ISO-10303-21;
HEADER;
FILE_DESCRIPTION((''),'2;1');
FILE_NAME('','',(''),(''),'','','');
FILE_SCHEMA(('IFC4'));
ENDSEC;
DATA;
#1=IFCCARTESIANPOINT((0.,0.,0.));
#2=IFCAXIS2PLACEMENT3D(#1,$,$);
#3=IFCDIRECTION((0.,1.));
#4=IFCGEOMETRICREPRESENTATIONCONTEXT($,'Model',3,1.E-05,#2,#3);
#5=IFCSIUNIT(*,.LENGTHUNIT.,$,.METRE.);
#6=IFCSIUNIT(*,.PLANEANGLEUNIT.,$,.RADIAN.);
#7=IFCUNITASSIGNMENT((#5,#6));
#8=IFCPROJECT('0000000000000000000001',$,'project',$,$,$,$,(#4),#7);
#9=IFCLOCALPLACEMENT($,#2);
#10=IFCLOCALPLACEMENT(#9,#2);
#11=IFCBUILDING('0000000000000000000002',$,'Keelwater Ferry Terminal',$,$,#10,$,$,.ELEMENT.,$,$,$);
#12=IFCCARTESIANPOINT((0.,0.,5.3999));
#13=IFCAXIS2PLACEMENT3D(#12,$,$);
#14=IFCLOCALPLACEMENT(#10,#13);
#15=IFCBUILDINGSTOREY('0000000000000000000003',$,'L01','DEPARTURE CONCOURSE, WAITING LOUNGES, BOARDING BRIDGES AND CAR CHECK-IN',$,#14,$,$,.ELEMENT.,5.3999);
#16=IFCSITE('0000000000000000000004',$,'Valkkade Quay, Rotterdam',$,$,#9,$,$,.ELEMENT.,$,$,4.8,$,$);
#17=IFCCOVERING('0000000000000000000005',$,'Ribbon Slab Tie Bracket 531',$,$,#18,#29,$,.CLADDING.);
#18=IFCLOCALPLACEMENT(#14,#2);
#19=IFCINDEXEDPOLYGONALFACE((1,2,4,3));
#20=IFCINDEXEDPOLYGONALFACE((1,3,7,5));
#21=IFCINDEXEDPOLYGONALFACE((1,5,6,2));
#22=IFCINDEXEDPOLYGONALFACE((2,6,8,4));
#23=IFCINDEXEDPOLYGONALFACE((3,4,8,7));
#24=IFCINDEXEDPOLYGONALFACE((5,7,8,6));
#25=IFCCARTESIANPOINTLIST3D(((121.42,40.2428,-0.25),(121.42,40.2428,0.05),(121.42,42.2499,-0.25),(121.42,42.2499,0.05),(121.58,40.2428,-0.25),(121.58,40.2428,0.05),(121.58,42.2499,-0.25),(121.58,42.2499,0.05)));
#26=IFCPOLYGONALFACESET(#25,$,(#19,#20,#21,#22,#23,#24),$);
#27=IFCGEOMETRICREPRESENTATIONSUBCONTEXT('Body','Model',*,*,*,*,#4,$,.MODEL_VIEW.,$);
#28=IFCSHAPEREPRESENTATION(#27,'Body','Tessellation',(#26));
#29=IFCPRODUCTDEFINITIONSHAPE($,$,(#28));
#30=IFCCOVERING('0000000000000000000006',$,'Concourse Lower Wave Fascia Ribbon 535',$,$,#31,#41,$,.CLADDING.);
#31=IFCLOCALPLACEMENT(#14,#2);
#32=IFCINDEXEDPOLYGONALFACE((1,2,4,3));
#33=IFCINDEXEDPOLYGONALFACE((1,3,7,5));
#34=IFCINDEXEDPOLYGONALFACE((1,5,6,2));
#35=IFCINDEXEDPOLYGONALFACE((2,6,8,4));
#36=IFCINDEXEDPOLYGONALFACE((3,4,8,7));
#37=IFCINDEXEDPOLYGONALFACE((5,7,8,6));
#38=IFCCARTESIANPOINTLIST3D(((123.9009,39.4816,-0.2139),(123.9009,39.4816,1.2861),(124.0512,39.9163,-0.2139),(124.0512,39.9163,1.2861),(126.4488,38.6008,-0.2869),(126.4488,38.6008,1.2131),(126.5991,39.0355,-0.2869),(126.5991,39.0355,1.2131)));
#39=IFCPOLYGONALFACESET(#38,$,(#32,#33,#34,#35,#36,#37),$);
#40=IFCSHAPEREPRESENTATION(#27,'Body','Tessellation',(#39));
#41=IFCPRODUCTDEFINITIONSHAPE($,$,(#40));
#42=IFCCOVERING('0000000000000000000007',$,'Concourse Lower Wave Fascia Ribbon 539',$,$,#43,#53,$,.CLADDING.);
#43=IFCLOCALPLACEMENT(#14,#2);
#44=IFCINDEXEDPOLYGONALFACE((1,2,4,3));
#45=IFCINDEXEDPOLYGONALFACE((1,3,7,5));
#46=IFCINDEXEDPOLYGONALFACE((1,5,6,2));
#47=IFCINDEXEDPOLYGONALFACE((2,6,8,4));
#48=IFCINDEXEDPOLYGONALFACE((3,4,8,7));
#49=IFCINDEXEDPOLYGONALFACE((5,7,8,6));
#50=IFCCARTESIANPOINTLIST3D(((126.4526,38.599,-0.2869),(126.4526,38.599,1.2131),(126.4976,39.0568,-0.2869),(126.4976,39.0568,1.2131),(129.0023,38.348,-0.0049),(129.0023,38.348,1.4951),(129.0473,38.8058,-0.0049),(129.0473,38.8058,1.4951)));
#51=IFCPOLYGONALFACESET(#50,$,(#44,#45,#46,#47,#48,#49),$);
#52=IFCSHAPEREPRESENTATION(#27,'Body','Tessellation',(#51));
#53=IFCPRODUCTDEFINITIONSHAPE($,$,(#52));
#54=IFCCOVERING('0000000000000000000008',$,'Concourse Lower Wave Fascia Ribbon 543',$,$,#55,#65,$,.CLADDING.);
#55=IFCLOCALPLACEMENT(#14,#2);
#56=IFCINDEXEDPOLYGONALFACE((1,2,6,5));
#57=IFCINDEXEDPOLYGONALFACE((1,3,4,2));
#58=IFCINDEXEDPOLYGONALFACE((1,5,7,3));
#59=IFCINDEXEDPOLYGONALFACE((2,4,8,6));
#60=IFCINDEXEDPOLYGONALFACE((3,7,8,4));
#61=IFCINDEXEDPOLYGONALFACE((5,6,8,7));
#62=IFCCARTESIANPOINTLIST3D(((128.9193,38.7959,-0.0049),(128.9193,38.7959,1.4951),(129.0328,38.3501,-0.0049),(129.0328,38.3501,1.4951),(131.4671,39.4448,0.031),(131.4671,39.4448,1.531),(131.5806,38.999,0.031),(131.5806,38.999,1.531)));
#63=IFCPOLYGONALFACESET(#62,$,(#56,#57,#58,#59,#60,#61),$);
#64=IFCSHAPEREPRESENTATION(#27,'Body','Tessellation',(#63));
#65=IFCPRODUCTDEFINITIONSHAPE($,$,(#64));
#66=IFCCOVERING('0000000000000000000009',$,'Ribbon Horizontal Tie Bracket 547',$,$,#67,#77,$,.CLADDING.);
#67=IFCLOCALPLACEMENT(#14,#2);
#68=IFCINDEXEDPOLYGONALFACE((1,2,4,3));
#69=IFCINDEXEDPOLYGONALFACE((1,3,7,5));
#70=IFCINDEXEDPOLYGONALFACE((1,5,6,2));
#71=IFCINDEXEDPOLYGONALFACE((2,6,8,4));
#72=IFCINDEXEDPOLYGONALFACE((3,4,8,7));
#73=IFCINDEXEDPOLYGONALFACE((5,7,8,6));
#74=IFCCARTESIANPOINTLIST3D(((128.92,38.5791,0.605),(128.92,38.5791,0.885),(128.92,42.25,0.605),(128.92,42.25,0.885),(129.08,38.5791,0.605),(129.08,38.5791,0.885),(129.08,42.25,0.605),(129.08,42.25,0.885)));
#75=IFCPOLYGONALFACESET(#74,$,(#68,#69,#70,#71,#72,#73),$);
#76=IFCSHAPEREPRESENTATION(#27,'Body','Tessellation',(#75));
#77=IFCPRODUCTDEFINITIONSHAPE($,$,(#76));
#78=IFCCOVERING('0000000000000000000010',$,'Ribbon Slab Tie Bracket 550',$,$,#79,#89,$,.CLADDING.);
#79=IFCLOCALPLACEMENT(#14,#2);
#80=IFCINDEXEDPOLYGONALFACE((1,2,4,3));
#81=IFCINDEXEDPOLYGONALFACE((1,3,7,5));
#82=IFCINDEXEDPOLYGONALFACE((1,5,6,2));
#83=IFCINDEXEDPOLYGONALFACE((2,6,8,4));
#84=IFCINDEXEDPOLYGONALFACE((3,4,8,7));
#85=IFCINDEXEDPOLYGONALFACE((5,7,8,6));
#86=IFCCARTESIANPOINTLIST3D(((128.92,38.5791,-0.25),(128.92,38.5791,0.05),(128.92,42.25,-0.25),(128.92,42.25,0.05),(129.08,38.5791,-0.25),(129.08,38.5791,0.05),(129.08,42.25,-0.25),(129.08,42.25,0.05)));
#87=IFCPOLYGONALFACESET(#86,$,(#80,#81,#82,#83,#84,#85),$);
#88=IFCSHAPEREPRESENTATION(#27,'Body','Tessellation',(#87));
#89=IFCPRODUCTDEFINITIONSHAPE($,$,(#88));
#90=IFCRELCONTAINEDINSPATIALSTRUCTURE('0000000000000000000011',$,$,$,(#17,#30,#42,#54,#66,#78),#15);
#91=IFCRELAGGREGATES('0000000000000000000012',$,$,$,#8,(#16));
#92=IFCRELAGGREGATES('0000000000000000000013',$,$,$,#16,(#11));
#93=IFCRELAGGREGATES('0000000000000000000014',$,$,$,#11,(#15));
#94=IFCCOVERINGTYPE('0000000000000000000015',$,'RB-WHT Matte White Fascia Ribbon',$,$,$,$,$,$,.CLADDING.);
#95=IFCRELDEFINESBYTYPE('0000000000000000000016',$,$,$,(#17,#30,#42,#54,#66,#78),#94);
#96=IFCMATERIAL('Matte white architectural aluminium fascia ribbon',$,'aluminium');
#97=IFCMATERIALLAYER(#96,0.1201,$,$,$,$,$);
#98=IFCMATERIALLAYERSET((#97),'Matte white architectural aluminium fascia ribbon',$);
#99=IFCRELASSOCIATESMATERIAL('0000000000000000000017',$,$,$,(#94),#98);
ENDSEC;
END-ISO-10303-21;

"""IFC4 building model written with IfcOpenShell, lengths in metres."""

from ifc_helpers import new_model, si_unit, direction, frame, frame_2d, origin, place, context, subcontext, project, spatial, polyline, rectangle, outline, extrude, material, layer, layer_set, type_object, element, save


model = new_model("IFC4")

# Units and contexts
model_context = context("Model", 3, precision=1e-05, world=origin(), true_north=direction((0.0, 1.0)))
body_context = subcontext(model_context, "Body", "Model", "MODEL_VIEW")
ifc_project = project(units=[si_unit("LENGTHUNIT", "METRE"), si_unit("PLANEANGLEUNIT", "RADIAN")], contexts=[model_context])

# Site, building, storey
site_placement = place(None, origin())
site = spatial("IfcSite", under=ifc_project, at=site_placement, Name="Valkkade Quay, Rotterdam", CompositionType="ELEMENT", RefElevation=4.8)
building_placement = place(site_placement, origin())
building = spatial("IfcBuilding", under=site, at=building_placement, Name="Keelwater Ferry Terminal", CompositionType="ELEMENT")
storey_placement = place(building_placement, frame((0.0, 0.0, 5.3999)))
storey = spatial("IfcBuildingStorey", under=building, at=storey_placement, Name="L01", Description="DEPARTURE CONCOURSE, WAITING LOUNGES, BOARDING BRIDGES AND CAR CHECK-IN", CompositionType="ELEMENT", Elevation=5.3999)

# Coverings
ifc_material_1 = material(Name="Matte white architectural aluminium fascia ribbon", Category="aluminium")
ifc_layer_1 = layer(ifc_material_1, 0.1201)
ifc_layer_set_1 = layer_set([ifc_layer_1], Name="Matte white architectural aluminium fascia ribbon")
covering_type = type_object("IfcCoveringType", Name="RB-WHT Matte White Fascia Ribbon", PredefinedType="CLADDING", material=ifc_layer_set_1)
covering_1_placement = place(storey_placement, frame((121.5, 40.2429, -0.25), z_axis=(0.0, 0.0, 1.0), x_axis=(0.0, 1.0, 0.0)))
element("IfcCovering", 1, at=covering_1_placement, inside=storey, type_object=covering_type, Name="Ribbon Slab Tie Bracket 531", PredefinedType="CLADDING", context=body_context, shape_type="SweptSolid", body=[
    extrude(rectangle(XDim=2.0071, YDim=0.1599, at=frame_2d((1.0034, 0.0))), origin(), (0.0, 0.0, 1.0), 0.3),
])
covering_2_placement = place(storey_placement, frame((123.9761, 39.699, -0.2869), z_axis=(0.0, 0.0, 1.0), x_axis=(0.945111, -0.32675, 0.0)))
element("IfcCovering", 2, at=covering_2_placement, inside=storey, type_object=covering_type, Name="Concourse Lower Wave Fascia Ribbon 535", PredefinedType="CLADDING", context=body_context, shape_type="SweptSolid", body=[
    extrude(outline(polyline([(0.0, 0.073), (2.6958, 0.0), (2.6958, 1.5), (0.0, 1.573), (0.0, 0.073)])), frame((0.0, 0.23, 0.0), z_axis=(0.0, -1.0, 0.0), x_axis=(1.0, 0.0, 0.0)), (0.0, 0.0, 1.0), 0.46),
])
covering_3_placement = place(storey_placement, frame((126.4751, 38.8279, -0.2869), z_axis=(0.0, 0.0, 1.0), x_axis=(0.995191, -0.097956, 0.0)))
element("IfcCovering", 3, at=covering_3_placement, inside=storey, type_object=covering_type, Name="Concourse Lower Wave Fascia Ribbon 539", PredefinedType="CLADDING", context=body_context, shape_type="SweptSolid", body=[
    extrude(outline(polyline([(0.0, 0.0), (2.562, 0.282), (2.562, 1.782), (0.0, 1.5), (0.0, 0.0)])), frame((0.0, 0.23, 0.0), z_axis=(0.0, -1.0, 0.0), x_axis=(1.0, 0.0, 0.0)), (0.0, 0.0, 1.0), 0.46),
])
covering_4_placement = place(storey_placement, frame((128.9761, 38.573, -0.0049), z_axis=(0.0, 0.0, 1.0), x_axis=(0.969062, 0.246816, 0.0)))
element("IfcCovering", 4, at=covering_4_placement, inside=storey, type_object=covering_type, Name="Concourse Lower Wave Fascia Ribbon 543", PredefinedType="CLADDING", context=body_context, shape_type="SweptSolid", body=[
    extrude(outline(polyline([(0.0, 0.0), (2.6292, 0.0359), (2.6292, 1.5359), (0.0, 1.5), (0.0, 0.0)])), frame((0.0, 0.23, 0.0), z_axis=(0.0, -1.0, 0.0), x_axis=(1.0, 0.0, 0.0)), (0.0, 0.0, 1.0), 0.46),
])
covering_5_placement = place(storey_placement, frame((129.0, 38.5791, 0.605), z_axis=(0.0, 0.0, 1.0), x_axis=(0.0, 1.0, 0.0)))
element("IfcCovering", 5, at=covering_5_placement, inside=storey, type_object=covering_type, Name="Ribbon Horizontal Tie Bracket 547", PredefinedType="CLADDING", context=body_context, shape_type="SweptSolid", body=[
    extrude(rectangle(XDim=3.6709, YDim=0.1599, at=frame_2d((1.8354, 0.0))), origin(), (0.0, 0.0, 1.0), 0.28),
])
covering_6_placement = place(storey_placement, frame((129.0, 38.5791, -0.25), z_axis=(0.0, 0.0, 1.0), x_axis=(0.0, 1.0, 0.0)))
element("IfcCovering", 6, at=covering_6_placement, inside=storey, type_object=covering_type, Name="Ribbon Slab Tie Bracket 550", PredefinedType="CLADDING", context=body_context, shape_type="SweptSolid", body=[
    extrude(rectangle(XDim=3.6709, YDim=0.1599, at=frame_2d((1.8354, 0.0))), origin(), (0.0, 0.0, 1.0), 0.3),
])

save(model, "model.ifc")
